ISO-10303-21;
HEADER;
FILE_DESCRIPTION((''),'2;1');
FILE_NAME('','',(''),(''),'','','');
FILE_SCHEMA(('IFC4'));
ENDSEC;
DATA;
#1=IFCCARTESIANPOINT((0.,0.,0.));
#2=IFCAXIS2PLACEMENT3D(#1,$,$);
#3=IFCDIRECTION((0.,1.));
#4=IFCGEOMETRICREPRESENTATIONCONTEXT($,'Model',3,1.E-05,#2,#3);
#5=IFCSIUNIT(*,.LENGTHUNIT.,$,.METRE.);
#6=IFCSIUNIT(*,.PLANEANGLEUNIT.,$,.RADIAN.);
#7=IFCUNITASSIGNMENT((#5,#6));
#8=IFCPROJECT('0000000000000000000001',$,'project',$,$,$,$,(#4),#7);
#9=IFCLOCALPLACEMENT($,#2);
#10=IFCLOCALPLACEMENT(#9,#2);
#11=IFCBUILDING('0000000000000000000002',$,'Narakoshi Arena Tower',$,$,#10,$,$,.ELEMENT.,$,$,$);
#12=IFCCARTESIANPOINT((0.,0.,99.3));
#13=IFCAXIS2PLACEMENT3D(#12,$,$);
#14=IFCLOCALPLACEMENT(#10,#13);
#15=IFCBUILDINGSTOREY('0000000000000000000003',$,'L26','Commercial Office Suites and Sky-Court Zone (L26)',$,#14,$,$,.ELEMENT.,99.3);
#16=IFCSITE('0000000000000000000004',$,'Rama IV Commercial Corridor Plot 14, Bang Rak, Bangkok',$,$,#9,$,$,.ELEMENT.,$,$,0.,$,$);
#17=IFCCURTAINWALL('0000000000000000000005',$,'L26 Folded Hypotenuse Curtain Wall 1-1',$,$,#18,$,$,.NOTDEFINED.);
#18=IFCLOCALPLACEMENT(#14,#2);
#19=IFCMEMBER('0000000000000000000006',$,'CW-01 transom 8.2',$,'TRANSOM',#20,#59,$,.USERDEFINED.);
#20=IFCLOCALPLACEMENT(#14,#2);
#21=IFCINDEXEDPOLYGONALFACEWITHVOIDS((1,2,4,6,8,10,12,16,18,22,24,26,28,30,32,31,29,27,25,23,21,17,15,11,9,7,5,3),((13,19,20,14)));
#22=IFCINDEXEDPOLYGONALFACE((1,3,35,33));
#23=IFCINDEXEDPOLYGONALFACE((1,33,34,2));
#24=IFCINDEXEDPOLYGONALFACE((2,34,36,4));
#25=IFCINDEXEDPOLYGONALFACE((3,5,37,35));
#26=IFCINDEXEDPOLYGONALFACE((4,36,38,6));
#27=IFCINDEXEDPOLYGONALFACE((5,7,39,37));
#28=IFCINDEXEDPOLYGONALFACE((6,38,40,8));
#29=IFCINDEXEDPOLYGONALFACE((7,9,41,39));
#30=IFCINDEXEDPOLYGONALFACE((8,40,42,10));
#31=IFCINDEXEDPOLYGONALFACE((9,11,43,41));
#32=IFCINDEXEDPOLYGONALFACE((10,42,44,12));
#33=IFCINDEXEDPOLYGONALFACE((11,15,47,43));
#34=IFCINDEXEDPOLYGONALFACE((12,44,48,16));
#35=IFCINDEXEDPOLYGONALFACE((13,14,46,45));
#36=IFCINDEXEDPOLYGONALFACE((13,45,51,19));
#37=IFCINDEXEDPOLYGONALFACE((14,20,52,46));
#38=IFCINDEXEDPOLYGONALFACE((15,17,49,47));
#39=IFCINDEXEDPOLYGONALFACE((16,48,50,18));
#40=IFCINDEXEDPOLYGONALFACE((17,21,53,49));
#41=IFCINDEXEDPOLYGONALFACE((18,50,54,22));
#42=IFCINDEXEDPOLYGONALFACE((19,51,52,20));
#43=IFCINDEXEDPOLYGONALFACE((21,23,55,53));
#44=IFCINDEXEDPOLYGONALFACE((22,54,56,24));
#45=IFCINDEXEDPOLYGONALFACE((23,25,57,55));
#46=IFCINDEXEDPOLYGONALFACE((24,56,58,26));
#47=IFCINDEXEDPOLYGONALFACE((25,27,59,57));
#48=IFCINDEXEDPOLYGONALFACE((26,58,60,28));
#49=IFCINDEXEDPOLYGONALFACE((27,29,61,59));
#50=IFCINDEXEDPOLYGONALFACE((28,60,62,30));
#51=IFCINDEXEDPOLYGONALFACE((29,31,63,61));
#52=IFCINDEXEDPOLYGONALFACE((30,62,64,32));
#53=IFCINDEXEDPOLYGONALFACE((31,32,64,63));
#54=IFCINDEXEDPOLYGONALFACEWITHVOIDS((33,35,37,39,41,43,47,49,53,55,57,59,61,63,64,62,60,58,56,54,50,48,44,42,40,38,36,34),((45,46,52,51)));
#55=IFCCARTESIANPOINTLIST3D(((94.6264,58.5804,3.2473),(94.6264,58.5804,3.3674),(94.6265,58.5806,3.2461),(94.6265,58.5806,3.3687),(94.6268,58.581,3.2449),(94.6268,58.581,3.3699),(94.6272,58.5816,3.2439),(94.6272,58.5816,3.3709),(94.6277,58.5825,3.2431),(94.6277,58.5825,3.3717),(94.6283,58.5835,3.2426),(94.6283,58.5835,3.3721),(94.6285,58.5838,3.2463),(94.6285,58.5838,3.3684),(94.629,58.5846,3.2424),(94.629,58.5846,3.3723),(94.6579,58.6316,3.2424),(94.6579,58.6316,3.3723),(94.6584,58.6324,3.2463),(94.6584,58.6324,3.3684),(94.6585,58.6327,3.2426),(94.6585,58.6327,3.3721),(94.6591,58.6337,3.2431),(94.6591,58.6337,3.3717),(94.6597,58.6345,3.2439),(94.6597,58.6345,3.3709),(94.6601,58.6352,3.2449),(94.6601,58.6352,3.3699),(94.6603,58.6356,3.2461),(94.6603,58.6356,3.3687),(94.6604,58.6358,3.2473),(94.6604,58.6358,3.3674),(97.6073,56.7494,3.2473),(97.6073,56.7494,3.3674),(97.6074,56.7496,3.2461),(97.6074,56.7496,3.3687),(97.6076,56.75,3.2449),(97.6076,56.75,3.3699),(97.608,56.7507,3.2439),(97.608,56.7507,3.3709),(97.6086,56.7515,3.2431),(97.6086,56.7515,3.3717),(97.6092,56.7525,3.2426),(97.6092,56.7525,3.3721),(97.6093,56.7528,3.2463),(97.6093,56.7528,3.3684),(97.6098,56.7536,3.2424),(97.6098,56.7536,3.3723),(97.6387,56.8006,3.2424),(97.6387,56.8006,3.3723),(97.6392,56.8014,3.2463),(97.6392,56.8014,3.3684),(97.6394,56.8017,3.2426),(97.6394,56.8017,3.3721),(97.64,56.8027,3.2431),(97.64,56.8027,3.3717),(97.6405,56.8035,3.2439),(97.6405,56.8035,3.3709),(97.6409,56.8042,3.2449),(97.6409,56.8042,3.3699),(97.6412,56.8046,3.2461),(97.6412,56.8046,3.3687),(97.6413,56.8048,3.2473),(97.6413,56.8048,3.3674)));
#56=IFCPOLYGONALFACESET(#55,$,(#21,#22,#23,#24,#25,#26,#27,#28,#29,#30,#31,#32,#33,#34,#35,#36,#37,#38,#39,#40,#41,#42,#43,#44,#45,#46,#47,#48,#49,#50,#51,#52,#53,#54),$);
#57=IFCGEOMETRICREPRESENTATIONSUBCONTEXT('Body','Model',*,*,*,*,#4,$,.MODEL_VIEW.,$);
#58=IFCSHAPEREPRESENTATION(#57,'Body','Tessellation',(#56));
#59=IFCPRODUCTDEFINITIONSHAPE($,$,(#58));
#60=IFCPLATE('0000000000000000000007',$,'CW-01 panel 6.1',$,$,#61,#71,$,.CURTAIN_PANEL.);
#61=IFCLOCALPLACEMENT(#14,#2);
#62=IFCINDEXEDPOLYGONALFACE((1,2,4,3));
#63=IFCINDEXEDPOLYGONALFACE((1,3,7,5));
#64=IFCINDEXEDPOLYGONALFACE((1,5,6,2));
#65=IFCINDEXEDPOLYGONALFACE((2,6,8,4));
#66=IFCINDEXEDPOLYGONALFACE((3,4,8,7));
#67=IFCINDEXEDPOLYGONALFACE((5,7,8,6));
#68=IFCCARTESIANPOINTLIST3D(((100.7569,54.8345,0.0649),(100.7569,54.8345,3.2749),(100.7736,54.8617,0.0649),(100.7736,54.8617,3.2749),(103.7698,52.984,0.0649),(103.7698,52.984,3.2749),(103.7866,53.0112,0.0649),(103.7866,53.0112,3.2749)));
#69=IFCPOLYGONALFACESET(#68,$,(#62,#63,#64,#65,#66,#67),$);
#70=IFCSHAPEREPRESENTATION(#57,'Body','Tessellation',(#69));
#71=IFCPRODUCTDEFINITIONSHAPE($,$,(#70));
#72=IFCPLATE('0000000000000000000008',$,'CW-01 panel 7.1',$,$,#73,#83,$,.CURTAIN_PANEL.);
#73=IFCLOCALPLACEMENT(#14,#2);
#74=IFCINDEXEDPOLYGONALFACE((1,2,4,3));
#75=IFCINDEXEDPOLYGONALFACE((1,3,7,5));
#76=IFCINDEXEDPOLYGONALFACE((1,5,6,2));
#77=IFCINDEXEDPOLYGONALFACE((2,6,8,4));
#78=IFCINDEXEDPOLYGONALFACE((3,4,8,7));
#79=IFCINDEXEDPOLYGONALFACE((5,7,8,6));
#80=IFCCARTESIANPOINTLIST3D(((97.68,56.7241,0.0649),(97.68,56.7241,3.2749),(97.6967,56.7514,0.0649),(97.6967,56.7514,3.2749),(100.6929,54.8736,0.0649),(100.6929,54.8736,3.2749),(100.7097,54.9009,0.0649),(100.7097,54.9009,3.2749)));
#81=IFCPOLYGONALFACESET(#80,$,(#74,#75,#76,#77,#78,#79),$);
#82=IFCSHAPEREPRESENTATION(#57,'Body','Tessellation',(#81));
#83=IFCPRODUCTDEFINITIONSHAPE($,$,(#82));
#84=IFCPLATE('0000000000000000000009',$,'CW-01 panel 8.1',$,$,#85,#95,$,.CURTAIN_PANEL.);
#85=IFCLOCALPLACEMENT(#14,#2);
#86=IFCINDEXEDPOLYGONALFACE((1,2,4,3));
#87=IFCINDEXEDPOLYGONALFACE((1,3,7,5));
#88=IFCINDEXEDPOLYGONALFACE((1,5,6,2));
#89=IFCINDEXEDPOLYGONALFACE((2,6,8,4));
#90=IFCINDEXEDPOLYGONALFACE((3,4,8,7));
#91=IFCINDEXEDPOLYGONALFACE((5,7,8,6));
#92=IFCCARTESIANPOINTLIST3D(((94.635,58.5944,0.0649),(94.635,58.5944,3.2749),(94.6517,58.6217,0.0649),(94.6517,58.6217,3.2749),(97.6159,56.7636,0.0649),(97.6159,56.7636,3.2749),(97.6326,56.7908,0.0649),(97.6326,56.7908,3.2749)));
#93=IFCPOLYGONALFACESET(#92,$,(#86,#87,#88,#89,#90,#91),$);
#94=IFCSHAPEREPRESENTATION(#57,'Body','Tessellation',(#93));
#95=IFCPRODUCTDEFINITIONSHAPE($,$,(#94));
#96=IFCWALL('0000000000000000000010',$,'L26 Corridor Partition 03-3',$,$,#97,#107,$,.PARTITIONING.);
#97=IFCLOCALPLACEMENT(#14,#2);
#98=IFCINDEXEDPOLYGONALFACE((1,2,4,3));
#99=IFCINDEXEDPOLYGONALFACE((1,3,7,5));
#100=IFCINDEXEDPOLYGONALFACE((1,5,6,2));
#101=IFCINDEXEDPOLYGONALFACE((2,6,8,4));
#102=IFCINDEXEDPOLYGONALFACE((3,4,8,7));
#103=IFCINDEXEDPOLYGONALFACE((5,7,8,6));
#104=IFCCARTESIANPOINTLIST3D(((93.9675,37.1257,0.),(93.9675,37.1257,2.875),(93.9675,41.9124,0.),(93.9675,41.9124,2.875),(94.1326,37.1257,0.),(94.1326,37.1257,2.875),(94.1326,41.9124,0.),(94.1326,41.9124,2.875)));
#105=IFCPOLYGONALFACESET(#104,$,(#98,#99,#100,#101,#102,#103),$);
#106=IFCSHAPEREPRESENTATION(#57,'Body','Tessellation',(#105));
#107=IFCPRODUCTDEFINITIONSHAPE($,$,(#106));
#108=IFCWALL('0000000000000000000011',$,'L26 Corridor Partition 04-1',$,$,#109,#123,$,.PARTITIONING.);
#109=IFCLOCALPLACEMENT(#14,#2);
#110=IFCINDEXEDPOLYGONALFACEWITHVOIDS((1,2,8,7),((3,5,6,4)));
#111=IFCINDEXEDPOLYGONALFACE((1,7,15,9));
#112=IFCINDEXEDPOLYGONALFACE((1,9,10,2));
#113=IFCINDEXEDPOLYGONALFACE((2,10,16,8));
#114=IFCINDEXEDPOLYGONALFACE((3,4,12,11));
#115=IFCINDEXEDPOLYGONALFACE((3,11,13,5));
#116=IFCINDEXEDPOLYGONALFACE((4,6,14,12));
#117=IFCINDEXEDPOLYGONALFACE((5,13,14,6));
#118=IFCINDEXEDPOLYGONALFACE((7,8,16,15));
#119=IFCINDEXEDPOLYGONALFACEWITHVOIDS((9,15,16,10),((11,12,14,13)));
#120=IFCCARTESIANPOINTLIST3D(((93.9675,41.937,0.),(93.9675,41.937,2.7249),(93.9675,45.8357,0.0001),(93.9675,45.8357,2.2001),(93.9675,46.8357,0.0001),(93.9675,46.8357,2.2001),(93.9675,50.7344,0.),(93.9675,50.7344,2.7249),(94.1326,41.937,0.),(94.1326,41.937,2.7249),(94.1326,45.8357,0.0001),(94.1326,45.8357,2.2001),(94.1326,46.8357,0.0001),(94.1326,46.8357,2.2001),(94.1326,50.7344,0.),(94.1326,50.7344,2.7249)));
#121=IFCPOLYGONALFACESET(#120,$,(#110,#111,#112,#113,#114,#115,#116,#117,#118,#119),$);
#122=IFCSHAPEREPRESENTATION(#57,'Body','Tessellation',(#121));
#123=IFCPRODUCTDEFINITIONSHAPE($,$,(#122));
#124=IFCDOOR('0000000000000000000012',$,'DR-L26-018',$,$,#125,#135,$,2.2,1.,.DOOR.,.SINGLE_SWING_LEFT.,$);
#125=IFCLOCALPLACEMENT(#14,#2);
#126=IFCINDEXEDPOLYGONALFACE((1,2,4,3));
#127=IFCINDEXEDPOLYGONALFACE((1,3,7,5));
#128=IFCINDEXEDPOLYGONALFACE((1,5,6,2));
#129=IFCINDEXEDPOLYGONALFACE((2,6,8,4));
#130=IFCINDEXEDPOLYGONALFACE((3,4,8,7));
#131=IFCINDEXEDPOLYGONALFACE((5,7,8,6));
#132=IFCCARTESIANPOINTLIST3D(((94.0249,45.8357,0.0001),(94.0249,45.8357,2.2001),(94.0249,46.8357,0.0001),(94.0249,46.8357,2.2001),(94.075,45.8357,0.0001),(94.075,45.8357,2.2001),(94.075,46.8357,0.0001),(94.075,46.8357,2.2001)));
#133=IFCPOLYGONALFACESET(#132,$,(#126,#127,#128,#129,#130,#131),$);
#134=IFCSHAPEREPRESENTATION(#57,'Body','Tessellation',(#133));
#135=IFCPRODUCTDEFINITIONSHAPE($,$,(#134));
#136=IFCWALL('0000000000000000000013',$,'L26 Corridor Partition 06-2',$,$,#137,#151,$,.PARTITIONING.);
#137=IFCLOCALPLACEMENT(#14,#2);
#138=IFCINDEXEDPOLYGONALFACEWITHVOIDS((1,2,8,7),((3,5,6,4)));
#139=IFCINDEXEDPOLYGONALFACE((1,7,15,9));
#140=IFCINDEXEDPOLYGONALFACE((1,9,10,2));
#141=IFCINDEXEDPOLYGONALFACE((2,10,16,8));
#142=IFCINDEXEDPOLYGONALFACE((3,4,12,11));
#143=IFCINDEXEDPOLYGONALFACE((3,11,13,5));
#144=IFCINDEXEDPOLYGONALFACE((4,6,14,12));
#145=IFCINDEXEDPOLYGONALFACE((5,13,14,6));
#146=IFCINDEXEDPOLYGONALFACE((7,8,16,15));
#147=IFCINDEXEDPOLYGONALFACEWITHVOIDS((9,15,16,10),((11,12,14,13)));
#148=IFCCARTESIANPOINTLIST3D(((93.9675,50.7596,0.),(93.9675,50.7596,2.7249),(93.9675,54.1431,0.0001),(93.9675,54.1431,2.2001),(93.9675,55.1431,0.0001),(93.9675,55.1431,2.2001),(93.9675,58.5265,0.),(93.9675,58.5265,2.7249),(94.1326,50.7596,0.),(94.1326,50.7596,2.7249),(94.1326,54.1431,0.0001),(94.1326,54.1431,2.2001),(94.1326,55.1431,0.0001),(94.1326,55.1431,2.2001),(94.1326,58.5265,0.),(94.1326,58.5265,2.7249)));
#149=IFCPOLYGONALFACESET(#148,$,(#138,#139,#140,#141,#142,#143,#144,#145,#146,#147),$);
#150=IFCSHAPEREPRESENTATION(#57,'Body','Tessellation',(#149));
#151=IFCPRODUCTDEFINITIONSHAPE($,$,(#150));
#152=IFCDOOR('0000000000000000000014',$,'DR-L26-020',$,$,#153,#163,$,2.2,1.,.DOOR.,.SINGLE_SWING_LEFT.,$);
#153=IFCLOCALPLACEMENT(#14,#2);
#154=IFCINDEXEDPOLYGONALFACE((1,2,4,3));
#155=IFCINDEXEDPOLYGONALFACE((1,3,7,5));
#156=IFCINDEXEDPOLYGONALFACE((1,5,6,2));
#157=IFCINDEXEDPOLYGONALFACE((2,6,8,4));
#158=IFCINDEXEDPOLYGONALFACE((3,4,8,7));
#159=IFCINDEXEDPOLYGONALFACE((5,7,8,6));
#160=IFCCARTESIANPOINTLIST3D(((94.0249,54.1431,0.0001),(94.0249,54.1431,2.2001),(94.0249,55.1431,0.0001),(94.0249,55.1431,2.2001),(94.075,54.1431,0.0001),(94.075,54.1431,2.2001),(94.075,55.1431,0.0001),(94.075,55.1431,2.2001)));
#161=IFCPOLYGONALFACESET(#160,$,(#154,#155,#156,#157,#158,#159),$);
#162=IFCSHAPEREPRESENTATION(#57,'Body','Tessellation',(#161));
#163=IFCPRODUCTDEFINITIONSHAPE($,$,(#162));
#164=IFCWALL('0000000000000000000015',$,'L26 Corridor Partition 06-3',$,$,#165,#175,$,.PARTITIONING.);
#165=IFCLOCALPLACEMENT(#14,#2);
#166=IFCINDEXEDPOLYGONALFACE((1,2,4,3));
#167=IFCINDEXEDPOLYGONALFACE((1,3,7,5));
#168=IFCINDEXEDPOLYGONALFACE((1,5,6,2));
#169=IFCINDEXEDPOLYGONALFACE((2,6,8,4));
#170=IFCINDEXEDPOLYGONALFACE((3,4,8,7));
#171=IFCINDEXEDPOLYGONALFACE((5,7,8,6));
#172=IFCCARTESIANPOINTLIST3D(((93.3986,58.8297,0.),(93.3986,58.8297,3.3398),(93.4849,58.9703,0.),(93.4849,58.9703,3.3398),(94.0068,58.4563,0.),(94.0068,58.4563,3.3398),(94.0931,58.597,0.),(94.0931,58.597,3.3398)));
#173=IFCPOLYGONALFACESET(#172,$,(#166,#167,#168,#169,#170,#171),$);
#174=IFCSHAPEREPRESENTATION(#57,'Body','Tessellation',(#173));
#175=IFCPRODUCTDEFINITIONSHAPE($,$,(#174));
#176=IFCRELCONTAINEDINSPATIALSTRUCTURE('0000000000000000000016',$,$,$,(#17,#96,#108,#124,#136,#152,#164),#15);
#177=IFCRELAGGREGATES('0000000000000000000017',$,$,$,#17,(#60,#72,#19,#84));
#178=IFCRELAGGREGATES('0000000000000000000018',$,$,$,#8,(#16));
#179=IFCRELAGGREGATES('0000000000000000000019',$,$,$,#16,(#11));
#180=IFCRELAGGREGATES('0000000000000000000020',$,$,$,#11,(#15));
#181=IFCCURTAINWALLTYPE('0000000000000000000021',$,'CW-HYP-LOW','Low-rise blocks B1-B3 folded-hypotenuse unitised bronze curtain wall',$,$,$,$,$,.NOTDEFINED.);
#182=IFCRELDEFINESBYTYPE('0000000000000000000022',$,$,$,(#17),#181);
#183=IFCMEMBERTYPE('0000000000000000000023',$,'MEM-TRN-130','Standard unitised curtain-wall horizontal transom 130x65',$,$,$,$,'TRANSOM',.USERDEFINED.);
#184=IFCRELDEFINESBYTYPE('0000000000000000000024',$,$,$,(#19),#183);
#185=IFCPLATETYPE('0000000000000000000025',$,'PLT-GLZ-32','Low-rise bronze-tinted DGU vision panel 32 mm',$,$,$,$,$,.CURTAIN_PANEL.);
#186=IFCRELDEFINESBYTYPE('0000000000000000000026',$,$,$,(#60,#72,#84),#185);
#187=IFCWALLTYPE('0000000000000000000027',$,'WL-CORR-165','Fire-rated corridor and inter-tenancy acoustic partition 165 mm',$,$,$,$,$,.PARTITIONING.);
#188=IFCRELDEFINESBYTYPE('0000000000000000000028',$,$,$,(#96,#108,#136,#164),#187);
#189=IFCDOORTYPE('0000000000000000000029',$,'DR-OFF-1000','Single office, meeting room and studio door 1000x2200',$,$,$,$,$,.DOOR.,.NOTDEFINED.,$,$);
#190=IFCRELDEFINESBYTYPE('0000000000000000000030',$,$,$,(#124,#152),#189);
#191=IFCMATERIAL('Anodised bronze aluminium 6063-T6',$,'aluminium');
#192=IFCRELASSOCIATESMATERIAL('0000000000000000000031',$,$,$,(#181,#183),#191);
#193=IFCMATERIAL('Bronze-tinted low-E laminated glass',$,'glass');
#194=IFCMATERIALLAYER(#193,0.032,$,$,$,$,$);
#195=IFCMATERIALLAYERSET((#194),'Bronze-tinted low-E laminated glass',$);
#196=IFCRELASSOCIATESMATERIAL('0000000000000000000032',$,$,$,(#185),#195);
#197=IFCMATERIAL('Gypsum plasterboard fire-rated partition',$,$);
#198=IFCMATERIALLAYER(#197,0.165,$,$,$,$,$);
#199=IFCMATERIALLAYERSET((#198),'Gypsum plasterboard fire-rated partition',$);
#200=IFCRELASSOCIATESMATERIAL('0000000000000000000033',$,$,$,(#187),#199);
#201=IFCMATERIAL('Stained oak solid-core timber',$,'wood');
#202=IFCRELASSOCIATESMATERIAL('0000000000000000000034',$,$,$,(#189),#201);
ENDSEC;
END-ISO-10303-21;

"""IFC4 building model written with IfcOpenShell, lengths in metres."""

from ifc_helpers import new_model, si_unit, direction, frame, frame_2d, origin, origin_2d, place, context, subcontext, project, spatial, rectangle, hollow_rectangle, extrude, material, layer, layer_set, material_profile, profile_set, type_object, element, fill, aggregate, save


model = new_model("IFC4")

# Units and contexts
model_context = context("Model", 3, precision=1e-05, world=origin(), true_north=direction((0.0, 1.0)))
body_context = subcontext(model_context, "Body", "Model", "MODEL_VIEW")
ifc_project = project(units=[si_unit("LENGTHUNIT", "METRE"), si_unit("PLANEANGLEUNIT", "RADIAN")], contexts=[model_context])

# Site, building, storey
site_placement = place(None, origin())
site = spatial("IfcSite", under=ifc_project, at=site_placement, Name="Rama IV Commercial Corridor Plot 14, Bang Rak, Bangkok", CompositionType="ELEMENT", RefElevation=0.0)
building_placement = place(site_placement, origin())
building = spatial("IfcBuilding", under=site, at=building_placement, Name="Narakoshi Arena Tower", CompositionType="ELEMENT")
storey_placement = place(building_placement, frame((0.0, 0.0, 99.3)))
storey = spatial("IfcBuildingStorey", under=building, at=storey_placement, Name="L26", Description="Commercial Office Suites and Sky-Court Zone (L26)", CompositionType="ELEMENT", Elevation=99.3)

# Curtain wall, member, plates
ifc_material_1 = material(Name="Anodised bronze aluminium 6063-T6", Category="aluminium")
curtain_wall_type = type_object("IfcCurtainWallType", Name="CW-HYP-LOW", Description="Low-rise blocks B1-B3 folded-hypotenuse unitised bronze curtain wall", PredefinedType="NOTDEFINED", material=ifc_material_1)
curtain_wall_placement = place(storey_placement, origin())
curtain_wall = element("IfcCurtainWall", 1, at=curtain_wall_placement, inside=storey, type_object=curtain_wall_type, Name="L26 Folded Hypotenuse Curtain Wall 1-1", PredefinedType="NOTDEFINED")
ifc_material_profile_1 = material_profile(ifc_material_1, hollow_rectangle(XDim=0.0649, YDim=0.1299, WallThickness=0.0039, OuterFilletRadius=0.0049, at=origin_2d()), Name="TRN130x65x4")
ifc_profile_set_1 = profile_set([ifc_material_profile_1], Name="Anodised bronze aluminium 6063-T6")
member_type_1 = type_object("IfcMemberType", Name="MEM-TRN-130", Description="Standard unitised curtain-wall horizontal transom 130x65", ElementType="TRANSOM", PredefinedType="USERDEFINED", material=ifc_profile_set_1)
member_1_placement = place(storey_placement, frame((97.6243, 56.7771, 3.3074), z_axis=(-0.852089, 0.523396, 0.0), x_axis=(-0.523396, -0.852089, 0.0)))
member_1 = element("IfcMember", 2, at=member_1_placement, type_object=member_type_1, Name="CW-01 transom 8.2", ObjectType="TRANSOM", PredefinedType="USERDEFINED", context=body_context, shape_type="SweptSolid", body=[
    extrude(hollow_rectangle(XDim=0.0649, YDim=0.1299, WallThickness=0.0039, OuterFilletRadius=0.0049, at=origin_2d()), origin(), (0.0, 0.0, 1.0), 3.4983),
])
ifc_material_2 = material(Name="Bronze-tinted low-E laminated glass", Category="glass")
ifc_layer_1 = layer(ifc_material_2, 0.032)
ifc_layer_set_1 = layer_set([ifc_layer_1], Name="Bronze-tinted low-E laminated glass")
plate_type = type_object("IfcPlateType", Name="PLT-GLZ-32", Description="Low-rise bronze-tinted DGU vision panel 32 mm", PredefinedType="CURTAIN_PANEL", material=ifc_layer_set_1)
plate_1_placement = place(storey_placement, frame((102.2717, 53.9229, 0.0649), z_axis=(0.0, 0.0, 1.0), x_axis=(-0.852113, 0.523358, 0.0)))
plate_1 = element("IfcPlate", 3, at=plate_1_placement, type_object=plate_type, Name="CW-01 panel 6.1", PredefinedType="CURTAIN_PANEL", context=body_context, shape_type="SweptSolid", body=[
    extrude(rectangle(XDim=3.5359, YDim=0.032, at=origin_2d()), origin(), (0.0, 0.0, 1.0), 3.21),
])
plate_2_placement = place(storey_placement, frame((99.1948, 55.8125, 0.0649), z_axis=(0.0, 0.0, 1.0), x_axis=(-0.852113, 0.523358, 0.0)))
plate_2 = element("IfcPlate", 4, at=plate_2_placement, type_object=plate_type, Name="CW-01 panel 7.1", PredefinedType="CURTAIN_PANEL", context=body_context, shape_type="SweptSolid", body=[
    extrude(rectangle(XDim=3.5359, YDim=0.032, at=origin_2d()), origin(), (0.0, 0.0, 1.0), 3.21),
])
plate_3_placement = place(storey_placement, frame((96.1338, 57.6926, 0.0649), z_axis=(0.0, 0.0, 1.0), x_axis=(-0.852113, 0.523358, 0.0)))
plate_3 = element("IfcPlate", 5, at=plate_3_placement, type_object=plate_type, Name="CW-01 panel 8.1", PredefinedType="CURTAIN_PANEL", context=body_context, shape_type="SweptSolid", body=[
    extrude(rectangle(XDim=3.4983, YDim=0.032, at=origin_2d()), origin(), (0.0, 0.0, 1.0), 3.21),
])
aggregate(curtain_wall, [plate_1, plate_2, member_1, plate_3])

# Wall
ifc_material_3 = material(Name="Gypsum plasterboard fire-rated partition")
ifc_layer_2 = layer(ifc_material_3, 0.165)
ifc_layer_set_2 = layer_set([ifc_layer_2], Name="Gypsum plasterboard fire-rated partition")
wall_type_1 = type_object("IfcWallType", Name="WL-CORR-165", Description="Fire-rated corridor and inter-tenancy acoustic partition 165 mm", PredefinedType="PARTITIONING", material=ifc_layer_set_2)
wall_1_placement = place(storey_placement, frame((94.05, 37.1257, 0.0), z_axis=(0.0, 0.0, 1.0), x_axis=(0.0, 1.0, 0.0)))
element("IfcWall", 6, at=wall_1_placement, inside=storey, type_object=wall_type_1, Name="L26 Corridor Partition 03-3", PredefinedType="PARTITIONING", context=body_context, shape_type="SweptSolid", body=[
    extrude(rectangle(XDim=4.7866, YDim=0.165, at=frame_2d((2.3933, 0.0))), origin(), (0.0, 0.0, 1.0), 2.875),
])

# Walls, openings, doors
wall_2_placement = place(storey_placement, frame((94.05, 41.937, 0.0), z_axis=(0.0, 0.0, 1.0), x_axis=(0.0, 1.0, 0.0)))
wall_2 = element("IfcWall", 7, at=wall_2_placement, inside=storey, type_object=wall_type_1, Name="L26 Corridor Partition 04-1", PredefinedType="PARTITIONING", context=body_context, shape_type="SweptSolid", body=[
    extrude(rectangle(XDim=8.7974, YDim=0.165, at=frame_2d((4.3987, 0.0))), origin(), (0.0, 0.0, 1.0), 2.7249),
])
opening_1_placement = place(wall_2_placement, frame((3.8987, 0.0, 0.0)))
opening_1 = element("IfcOpeningElement", 8, at=opening_1_placement, cuts=wall_2, PredefinedType="OPENING", context=body_context, shape_type="SweptSolid", body=[
    extrude(rectangle(XDim=1.0, YDim=2.2, at=frame_2d((0.5, 1.1001))), frame((0.0, 0.0925, 0.0), z_axis=(0.0, -1.0, 0.0), x_axis=(1.0, 0.0, 0.0)), (0.0, 0.0, 1.0), 0.1851),
])
ifc_material_4 = material(Name="Stained oak solid-core timber", Category="wood")
door_type = type_object("IfcDoorType", Name="DR-OFF-1000", Description="Single office, meeting room and studio door 1000x2200", OperationType="NOTDEFINED", PredefinedType="DOOR", material=ifc_material_4)
door_1_placement = place(opening_1_placement, frame((1.0, 0.0, 0.0), z_axis=(0.0, 0.0, 1.0), x_axis=(-1.0, 0.0, 0.0)))
door_1 = element("IfcDoor", 9, at=door_1_placement, inside=storey, type_object=door_type, Name="DR-L26-018", OperationType="SINGLE_SWING_LEFT", OverallHeight=2.2, OverallWidth=1.0, PredefinedType="DOOR", context=body_context, shape_type="SweptSolid", body=[
    extrude(rectangle(XDim=1.0, YDim=2.2, at=frame_2d((0.5, 1.1001))), frame((0.0, 0.0249, 0.0), z_axis=(0.0, -1.0, 0.0), x_axis=(1.0, 0.0, 0.0)), (0.0, 0.0, 1.0), 0.05),
])
fill(opening_1, door_1)
wall_3_placement = place(storey_placement, frame((94.05, 50.7598, 0.0), z_axis=(0.0, 0.0, 1.0), x_axis=(0.0, 1.0, 0.0)))
wall_3 = element("IfcWall", 10, at=wall_3_placement, inside=storey, type_object=wall_type_1, Name="L26 Corridor Partition 06-2", PredefinedType="PARTITIONING", context=body_context, shape_type="SweptSolid", body=[
    extrude(rectangle(XDim=7.7668, YDim=0.165, at=frame_2d((3.8833, 0.0))), origin(), (0.0, 0.0, 1.0), 2.7249),
])
opening_2_placement = place(wall_3_placement, frame((3.3833, 0.0, 0.0)))
opening_2 = element("IfcOpeningElement", 11, at=opening_2_placement, cuts=wall_3, PredefinedType="OPENING", context=body_context, shape_type="SweptSolid", body=[
    extrude(rectangle(XDim=1.0, YDim=2.2, at=frame_2d((0.5, 1.1001))), frame((0.0, 0.0925, 0.0), z_axis=(0.0, -1.0, 0.0), x_axis=(1.0, 0.0, 0.0)), (0.0, 0.0, 1.0), 0.1851),
])
door_2_placement = place(opening_2_placement, frame((1.0, 0.0, 0.0), z_axis=(0.0, 0.0, 1.0), x_axis=(-1.0, 0.0, 0.0)))
door_2 = element("IfcDoor", 12, at=door_2_placement, inside=storey, type_object=door_type, Name="DR-L26-020", OperationType="SINGLE_SWING_LEFT", OverallHeight=2.2, OverallWidth=1.0, PredefinedType="DOOR", context=body_context, shape_type="SweptSolid", body=[
    extrude(rectangle(XDim=1.0, YDim=2.2, at=frame_2d((0.5, 1.1001))), frame((0.0, 0.0249, 0.0), z_axis=(0.0, -1.0, 0.0), x_axis=(1.0, 0.0, 0.0)), (0.0, 0.0, 1.0), 0.05),
])
fill(opening_2, door_2)

# Wall
wall_4_placement = place(storey_placement, frame((94.05, 58.5266, 0.0), z_axis=(0.0, 0.0, 1.0), x_axis=(-0.852257, 0.523124, 0.0)))
element("IfcWall", 13, at=wall_4_placement, inside=storey, type_object=wall_type_1, Name="L26 Corridor Partition 06-3", PredefinedType="PARTITIONING", context=body_context, shape_type="SweptSolid", body=[
    extrude(rectangle(XDim=0.7136, YDim=0.165, at=frame_2d((0.3569, 0.0))), origin(), (0.0, 0.0, 1.0), 3.3398),
])

save(model, "model.ifc")
